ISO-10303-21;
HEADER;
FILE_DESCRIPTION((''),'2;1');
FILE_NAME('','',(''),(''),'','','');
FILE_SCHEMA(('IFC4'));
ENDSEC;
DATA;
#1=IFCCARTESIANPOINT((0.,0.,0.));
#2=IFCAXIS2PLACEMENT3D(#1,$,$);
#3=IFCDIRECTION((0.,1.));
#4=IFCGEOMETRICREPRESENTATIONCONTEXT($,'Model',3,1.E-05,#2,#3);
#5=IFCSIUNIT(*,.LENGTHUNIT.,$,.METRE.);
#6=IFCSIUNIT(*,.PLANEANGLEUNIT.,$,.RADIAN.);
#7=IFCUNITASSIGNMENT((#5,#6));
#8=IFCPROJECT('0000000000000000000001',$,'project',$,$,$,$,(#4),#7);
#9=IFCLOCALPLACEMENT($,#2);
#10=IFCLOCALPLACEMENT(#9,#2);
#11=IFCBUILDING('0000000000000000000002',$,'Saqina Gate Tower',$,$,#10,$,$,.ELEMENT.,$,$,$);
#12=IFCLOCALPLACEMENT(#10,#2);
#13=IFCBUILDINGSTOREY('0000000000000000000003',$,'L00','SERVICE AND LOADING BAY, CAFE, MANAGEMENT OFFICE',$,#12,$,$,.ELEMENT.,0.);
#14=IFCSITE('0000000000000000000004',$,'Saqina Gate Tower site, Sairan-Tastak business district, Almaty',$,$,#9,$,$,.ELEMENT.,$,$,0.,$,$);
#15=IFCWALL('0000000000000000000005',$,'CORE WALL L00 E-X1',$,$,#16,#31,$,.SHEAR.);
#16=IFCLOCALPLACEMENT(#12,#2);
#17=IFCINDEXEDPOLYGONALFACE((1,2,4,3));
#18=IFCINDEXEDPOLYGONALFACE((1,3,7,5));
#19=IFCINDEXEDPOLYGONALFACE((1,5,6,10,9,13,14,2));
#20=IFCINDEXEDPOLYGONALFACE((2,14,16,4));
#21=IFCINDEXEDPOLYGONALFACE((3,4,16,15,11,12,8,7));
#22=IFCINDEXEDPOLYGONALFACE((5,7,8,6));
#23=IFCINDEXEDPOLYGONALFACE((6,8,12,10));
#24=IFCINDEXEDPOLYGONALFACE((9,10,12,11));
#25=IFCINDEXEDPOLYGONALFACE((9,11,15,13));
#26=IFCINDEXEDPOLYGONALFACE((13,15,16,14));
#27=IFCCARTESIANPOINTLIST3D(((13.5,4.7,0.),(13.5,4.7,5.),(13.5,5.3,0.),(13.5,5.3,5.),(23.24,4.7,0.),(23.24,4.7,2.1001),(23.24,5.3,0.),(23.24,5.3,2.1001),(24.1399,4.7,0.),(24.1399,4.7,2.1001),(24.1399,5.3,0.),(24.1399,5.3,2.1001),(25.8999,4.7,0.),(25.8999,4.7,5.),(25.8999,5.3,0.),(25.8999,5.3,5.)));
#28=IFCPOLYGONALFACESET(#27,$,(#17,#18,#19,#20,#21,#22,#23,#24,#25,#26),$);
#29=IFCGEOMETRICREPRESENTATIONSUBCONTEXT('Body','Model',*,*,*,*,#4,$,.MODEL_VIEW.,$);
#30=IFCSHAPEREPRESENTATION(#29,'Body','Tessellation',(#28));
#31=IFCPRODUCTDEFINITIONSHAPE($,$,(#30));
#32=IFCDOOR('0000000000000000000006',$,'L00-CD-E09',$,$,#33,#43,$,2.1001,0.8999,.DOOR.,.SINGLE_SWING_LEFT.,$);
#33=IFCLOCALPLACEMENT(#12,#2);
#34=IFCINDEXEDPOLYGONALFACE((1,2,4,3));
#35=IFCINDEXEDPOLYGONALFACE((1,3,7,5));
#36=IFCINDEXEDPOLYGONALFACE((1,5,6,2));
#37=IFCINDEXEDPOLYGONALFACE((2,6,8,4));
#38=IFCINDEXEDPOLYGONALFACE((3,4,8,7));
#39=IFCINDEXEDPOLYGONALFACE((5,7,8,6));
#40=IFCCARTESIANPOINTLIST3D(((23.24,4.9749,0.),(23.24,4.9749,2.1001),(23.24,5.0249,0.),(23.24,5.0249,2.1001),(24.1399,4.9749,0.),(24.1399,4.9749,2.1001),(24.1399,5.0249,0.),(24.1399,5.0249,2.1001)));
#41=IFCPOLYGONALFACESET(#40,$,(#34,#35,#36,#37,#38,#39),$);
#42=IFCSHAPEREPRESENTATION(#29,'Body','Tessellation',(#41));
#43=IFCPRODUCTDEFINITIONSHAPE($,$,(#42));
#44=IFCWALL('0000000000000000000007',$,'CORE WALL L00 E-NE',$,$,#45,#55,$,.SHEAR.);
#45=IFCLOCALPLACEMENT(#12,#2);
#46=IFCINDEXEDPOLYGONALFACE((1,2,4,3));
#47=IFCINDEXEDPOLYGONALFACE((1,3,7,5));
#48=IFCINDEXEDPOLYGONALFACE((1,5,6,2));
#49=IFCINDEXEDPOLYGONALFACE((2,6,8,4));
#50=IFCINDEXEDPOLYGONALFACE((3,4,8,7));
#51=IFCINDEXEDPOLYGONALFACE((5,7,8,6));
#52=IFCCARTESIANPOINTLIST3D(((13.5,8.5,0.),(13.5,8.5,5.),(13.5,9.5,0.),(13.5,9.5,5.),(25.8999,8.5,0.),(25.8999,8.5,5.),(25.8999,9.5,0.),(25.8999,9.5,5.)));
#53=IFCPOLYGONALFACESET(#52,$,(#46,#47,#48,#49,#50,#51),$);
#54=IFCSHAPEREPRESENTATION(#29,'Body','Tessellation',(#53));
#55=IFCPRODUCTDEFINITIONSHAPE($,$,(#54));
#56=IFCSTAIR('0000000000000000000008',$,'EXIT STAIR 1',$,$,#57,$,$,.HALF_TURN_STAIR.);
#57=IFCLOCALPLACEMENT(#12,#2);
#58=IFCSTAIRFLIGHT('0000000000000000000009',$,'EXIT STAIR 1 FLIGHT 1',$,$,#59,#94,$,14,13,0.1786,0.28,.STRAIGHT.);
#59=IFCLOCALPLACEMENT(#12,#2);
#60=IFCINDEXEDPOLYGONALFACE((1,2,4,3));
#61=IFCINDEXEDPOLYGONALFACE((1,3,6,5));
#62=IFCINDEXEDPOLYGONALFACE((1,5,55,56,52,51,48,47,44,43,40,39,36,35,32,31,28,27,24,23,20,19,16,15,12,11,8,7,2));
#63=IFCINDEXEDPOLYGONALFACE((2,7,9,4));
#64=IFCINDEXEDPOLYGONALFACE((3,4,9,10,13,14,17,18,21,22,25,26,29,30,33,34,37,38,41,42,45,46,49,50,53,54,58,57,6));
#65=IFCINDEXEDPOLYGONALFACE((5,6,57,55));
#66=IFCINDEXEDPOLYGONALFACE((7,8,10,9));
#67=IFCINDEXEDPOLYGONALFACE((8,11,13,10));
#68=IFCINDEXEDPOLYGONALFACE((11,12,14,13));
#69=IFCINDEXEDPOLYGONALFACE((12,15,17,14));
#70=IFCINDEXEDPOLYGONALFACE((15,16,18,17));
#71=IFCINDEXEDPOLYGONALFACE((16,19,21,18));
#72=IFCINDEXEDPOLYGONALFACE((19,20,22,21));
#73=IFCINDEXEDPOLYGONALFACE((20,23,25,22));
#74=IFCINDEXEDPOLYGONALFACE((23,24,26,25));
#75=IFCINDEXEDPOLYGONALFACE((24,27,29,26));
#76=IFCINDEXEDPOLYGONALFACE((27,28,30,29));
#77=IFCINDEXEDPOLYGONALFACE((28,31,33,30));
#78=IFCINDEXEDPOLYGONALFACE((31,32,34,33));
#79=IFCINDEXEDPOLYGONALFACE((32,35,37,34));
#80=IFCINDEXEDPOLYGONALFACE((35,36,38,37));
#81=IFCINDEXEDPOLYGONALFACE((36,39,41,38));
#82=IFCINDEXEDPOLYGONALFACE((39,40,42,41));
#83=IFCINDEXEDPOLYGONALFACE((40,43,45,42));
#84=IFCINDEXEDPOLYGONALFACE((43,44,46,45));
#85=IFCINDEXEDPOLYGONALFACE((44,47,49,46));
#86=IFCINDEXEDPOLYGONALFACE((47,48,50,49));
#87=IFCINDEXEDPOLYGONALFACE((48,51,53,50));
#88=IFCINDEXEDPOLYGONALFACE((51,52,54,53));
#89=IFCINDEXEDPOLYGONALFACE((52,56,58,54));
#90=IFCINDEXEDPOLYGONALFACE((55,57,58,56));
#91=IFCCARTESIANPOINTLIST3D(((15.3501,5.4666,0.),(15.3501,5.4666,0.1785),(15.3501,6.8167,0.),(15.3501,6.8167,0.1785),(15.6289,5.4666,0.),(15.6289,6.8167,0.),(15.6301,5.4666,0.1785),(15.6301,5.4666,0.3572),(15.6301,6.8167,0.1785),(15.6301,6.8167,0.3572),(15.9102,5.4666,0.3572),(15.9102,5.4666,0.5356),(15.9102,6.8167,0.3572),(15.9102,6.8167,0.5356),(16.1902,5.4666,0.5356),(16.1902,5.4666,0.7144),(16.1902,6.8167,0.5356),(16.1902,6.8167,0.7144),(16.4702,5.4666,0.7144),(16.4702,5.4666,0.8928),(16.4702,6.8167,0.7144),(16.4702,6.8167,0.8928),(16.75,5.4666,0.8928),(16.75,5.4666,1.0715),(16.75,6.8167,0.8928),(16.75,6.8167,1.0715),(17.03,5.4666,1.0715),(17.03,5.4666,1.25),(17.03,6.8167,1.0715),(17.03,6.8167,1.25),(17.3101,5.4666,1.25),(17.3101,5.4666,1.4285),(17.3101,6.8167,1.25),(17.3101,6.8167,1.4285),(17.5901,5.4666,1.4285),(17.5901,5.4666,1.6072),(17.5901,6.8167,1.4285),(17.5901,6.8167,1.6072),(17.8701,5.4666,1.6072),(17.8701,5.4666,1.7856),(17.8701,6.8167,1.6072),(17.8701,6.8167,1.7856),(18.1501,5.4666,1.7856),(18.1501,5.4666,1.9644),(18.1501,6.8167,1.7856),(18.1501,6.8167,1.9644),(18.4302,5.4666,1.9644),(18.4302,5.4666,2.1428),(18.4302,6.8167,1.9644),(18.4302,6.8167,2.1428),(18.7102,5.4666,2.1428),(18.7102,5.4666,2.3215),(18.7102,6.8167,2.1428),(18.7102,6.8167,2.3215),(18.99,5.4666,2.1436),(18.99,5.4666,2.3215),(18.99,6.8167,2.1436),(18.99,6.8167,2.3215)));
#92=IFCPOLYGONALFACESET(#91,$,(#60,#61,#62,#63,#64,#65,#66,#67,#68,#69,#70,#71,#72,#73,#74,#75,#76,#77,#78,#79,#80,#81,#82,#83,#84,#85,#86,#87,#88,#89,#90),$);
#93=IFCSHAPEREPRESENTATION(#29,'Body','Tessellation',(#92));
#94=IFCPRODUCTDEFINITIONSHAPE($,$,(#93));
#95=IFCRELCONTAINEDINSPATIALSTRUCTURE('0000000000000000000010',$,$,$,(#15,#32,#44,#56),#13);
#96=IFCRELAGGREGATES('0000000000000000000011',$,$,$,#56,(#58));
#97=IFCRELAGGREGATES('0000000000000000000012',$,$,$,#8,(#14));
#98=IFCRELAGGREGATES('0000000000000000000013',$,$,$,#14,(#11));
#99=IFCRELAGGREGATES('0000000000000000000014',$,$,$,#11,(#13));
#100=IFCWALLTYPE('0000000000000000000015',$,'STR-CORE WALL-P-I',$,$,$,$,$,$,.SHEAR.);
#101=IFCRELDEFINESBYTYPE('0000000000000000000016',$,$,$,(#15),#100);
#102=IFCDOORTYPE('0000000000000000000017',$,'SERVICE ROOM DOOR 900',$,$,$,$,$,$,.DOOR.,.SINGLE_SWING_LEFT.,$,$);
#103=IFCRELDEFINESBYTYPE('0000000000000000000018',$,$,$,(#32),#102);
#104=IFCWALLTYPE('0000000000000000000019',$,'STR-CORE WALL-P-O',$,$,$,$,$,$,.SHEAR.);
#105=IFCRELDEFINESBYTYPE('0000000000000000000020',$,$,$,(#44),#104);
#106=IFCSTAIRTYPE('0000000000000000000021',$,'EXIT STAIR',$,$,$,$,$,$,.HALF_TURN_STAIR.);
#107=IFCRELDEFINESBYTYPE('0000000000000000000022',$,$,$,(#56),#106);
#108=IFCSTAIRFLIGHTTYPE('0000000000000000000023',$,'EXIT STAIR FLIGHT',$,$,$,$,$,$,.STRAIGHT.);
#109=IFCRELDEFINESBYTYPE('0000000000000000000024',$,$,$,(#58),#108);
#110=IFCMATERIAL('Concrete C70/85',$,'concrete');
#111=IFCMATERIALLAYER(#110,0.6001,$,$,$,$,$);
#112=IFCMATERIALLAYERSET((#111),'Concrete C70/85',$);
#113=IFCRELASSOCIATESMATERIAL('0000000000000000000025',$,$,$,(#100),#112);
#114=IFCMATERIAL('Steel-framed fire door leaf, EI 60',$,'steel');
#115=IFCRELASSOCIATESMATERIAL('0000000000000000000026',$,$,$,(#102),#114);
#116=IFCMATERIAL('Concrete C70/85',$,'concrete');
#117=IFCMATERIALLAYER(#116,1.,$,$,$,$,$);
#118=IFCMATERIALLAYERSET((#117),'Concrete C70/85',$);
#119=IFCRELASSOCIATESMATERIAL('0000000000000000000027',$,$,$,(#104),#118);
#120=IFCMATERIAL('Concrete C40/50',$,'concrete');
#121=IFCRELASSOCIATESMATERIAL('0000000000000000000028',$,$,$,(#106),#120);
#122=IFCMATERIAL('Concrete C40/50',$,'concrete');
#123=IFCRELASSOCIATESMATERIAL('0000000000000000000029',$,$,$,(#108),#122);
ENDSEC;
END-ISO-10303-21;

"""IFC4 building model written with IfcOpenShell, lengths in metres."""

from ifc_helpers import new_model, si_unit, direction, frame, frame_2d, origin, place, context, subcontext, project, spatial, polyline, rectangle, outline, extrude, material, layer, layer_set, type_object, element, fill, aggregate, save


model = new_model("IFC4")

# Units and contexts
model_context = context("Model", 3, precision=1e-05, world=origin(), true_north=direction((0.0, 1.0)))
body_context = subcontext(model_context, "Body", "Model", "MODEL_VIEW")
ifc_project = project(units=[si_unit("LENGTHUNIT", "METRE"), si_unit("PLANEANGLEUNIT", "RADIAN")], contexts=[model_context])

# Site, building, storey
site_placement = place(None, origin())
site = spatial("IfcSite", under=ifc_project, at=site_placement, Name="Saqina Gate Tower site, Sairan-Tastak business district, Almaty", CompositionType="ELEMENT", RefElevation=0.0)
building_placement = place(site_placement, origin())
building = spatial("IfcBuilding", under=site, at=building_placement, Name="Saqina Gate Tower", CompositionType="ELEMENT")
storey_placement = place(building_placement, origin())
storey = spatial("IfcBuildingStorey", under=building, at=storey_placement, Name="L00", Description="SERVICE AND LOADING BAY, CAFE, MANAGEMENT OFFICE", CompositionType="ELEMENT", Elevation=0.0)

# Wall, opening, door
ifc_material_1 = material(Name="Concrete C70/85", Category="concrete")
ifc_layer_1 = layer(ifc_material_1, 0.6001)
ifc_layer_set_1 = layer_set([ifc_layer_1], Name="Concrete C70/85")
wall_type_1 = type_object("IfcWallType", Name="STR-CORE WALL-P-I", PredefinedType="SHEAR", material=ifc_layer_set_1)
wall_1_placement = place(storey_placement, frame((13.5, 5.0, 0.0), z_axis=(0.0, 0.0, 1.0), x_axis=(1.0, 0.0, 0.0)))
wall_1 = element("IfcWall", 1, at=wall_1_placement, inside=storey, type_object=wall_type_1, Name="CORE WALL L00 E-X1", PredefinedType="SHEAR", context=body_context, shape_type="SweptSolid", body=[
    extrude(rectangle(XDim=12.3999, YDim=0.6001, at=frame_2d((6.2, 0.0))), origin(), (0.0, 0.0, 1.0), 5.0),
])
opening_1_placement = place(wall_1_placement, frame((9.74, 0.0, 0.0)))
opening_1 = element("IfcOpeningElement", 2, at=opening_1_placement, cuts=wall_1, PredefinedType="OPENING", context=body_context, shape_type="SweptSolid", body=[
    extrude(rectangle(XDim=0.8999, YDim=2.1001, at=frame_2d((0.45, 1.05))), frame((0.0, 0.312, 0.0), z_axis=(0.0, -1.0, 0.0), x_axis=(1.0, 0.0, 0.0)), (0.0, 0.0, 1.0), 0.624),
])
ifc_material_2 = material(Name="Steel-framed fire door leaf, EI 60", Category="steel")
door_type_1 = type_object("IfcDoorType", Name="SERVICE ROOM DOOR 900", OperationType="SINGLE_SWING_LEFT", PredefinedType="DOOR", material=ifc_material_2)
door_1_placement = place(opening_1_placement, origin())
door_1 = element("IfcDoor", 3, at=door_1_placement, inside=storey, type_object=door_type_1, Name="L00-CD-E09", OperationType="SINGLE_SWING_LEFT", OverallHeight=2.1001, OverallWidth=0.8999, PredefinedType="DOOR", context=body_context, shape_type="SweptSolid", body=[
    extrude(rectangle(XDim=0.8999, YDim=2.1001, at=frame_2d((0.45, 1.05))), frame((0.0, 0.0249, 0.0), z_axis=(0.0, -1.0, 0.0), x_axis=(1.0, 0.0, 0.0)), (0.0, 0.0, 1.0), 0.05),
])
fill(opening_1, door_1)

# Wall
ifc_material_3 = material(Name="Concrete C70/85", Category="concrete")
ifc_layer_2 = layer(ifc_material_3, 1.0)
ifc_layer_set_2 = layer_set([ifc_layer_2], Name="Concrete C70/85")
wall_type_2 = type_object("IfcWallType", Name="STR-CORE WALL-P-O", PredefinedType="SHEAR", material=ifc_layer_set_2)
wall_2_placement = place(storey_placement, frame((13.5, 9.0, 0.0), z_axis=(0.0, 0.0, 1.0), x_axis=(1.0, 0.0, 0.0)))
element("IfcWall", 4, at=wall_2_placement, inside=storey, type_object=wall_type_2, Name="CORE WALL L00 E-NE", PredefinedType="SHEAR", context=body_context, shape_type="SweptSolid", body=[
    extrude(rectangle(XDim=12.3999, YDim=1.0, at=frame_2d((6.2, 0.0))), origin(), (0.0, 0.0, 1.0), 5.0),
])

# Stair, stair flight
ifc_material_4 = material(Name="Concrete C40/50", Category="concrete")
stair_type = type_object("IfcStairType", Name="EXIT STAIR", PredefinedType="HALF_TURN_STAIR", material=ifc_material_4)
stair_placement = place(storey_placement, origin())
stair = element("IfcStair", 5, at=stair_placement, inside=storey, type_object=stair_type, Name="EXIT STAIR 1", PredefinedType="HALF_TURN_STAIR")
ifc_material_5 = material(Name="Concrete C40/50", Category="concrete")
stair_flight_type = type_object("IfcStairFlightType", Name="EXIT STAIR FLIGHT", PredefinedType="STRAIGHT", material=ifc_material_5)
stair_flight_placement = place(storey_placement, frame((15.3501, 6.1416, 0.0), z_axis=(0.0, 0.0, 1.0), x_axis=(1.0, 0.0, 0.0)))
stair_flight = element("IfcStairFlight", 6, at=stair_flight_placement, type_object=stair_flight_type, Name="EXIT STAIR 1 FLIGHT 1", NumberOfRisers=14, NumberOfTreads=13, PredefinedType="STRAIGHT", RiserHeight=0.1786, TreadLength=0.28, context=body_context, shape_type="SweptSolid", body=[
    extrude(outline(polyline([(0.0, 0.0), (0.0, 0.1785), (0.28, 0.1785), (0.28, 0.3572), (0.5601, 0.3572), (0.5601, 0.5356), (0.8401, 0.5356), (0.8401, 0.7144), (1.1201, 0.7144), (1.1201, 0.8928), (1.3999, 0.8928), (1.3999, 1.0715), (1.6799, 1.0715), (1.6799, 1.25), (1.96, 1.25), (1.96, 1.4285), (2.24, 1.4285), (2.24, 1.6072), (2.52, 1.6072), (2.52, 1.7856), (2.8, 1.7856), (2.8, 1.9644), (3.0801, 1.9644), (3.0801, 2.1428), (3.3601, 2.1428), (3.3601, 2.3215), (3.6399, 2.3215), (3.6399, 2.5), (3.6399, 2.1436), (0.2788, 0.0), (0.0, 0.0)])), frame((0.0, 0.675, 0.0), z_axis=(0.0, -1.0, 0.0), x_axis=(1.0, 0.0, 0.0)), (0.0, 0.0, 1.0), 1.3501),
])
aggregate(stair, [stair_flight])

save(model, "model.ifc")
